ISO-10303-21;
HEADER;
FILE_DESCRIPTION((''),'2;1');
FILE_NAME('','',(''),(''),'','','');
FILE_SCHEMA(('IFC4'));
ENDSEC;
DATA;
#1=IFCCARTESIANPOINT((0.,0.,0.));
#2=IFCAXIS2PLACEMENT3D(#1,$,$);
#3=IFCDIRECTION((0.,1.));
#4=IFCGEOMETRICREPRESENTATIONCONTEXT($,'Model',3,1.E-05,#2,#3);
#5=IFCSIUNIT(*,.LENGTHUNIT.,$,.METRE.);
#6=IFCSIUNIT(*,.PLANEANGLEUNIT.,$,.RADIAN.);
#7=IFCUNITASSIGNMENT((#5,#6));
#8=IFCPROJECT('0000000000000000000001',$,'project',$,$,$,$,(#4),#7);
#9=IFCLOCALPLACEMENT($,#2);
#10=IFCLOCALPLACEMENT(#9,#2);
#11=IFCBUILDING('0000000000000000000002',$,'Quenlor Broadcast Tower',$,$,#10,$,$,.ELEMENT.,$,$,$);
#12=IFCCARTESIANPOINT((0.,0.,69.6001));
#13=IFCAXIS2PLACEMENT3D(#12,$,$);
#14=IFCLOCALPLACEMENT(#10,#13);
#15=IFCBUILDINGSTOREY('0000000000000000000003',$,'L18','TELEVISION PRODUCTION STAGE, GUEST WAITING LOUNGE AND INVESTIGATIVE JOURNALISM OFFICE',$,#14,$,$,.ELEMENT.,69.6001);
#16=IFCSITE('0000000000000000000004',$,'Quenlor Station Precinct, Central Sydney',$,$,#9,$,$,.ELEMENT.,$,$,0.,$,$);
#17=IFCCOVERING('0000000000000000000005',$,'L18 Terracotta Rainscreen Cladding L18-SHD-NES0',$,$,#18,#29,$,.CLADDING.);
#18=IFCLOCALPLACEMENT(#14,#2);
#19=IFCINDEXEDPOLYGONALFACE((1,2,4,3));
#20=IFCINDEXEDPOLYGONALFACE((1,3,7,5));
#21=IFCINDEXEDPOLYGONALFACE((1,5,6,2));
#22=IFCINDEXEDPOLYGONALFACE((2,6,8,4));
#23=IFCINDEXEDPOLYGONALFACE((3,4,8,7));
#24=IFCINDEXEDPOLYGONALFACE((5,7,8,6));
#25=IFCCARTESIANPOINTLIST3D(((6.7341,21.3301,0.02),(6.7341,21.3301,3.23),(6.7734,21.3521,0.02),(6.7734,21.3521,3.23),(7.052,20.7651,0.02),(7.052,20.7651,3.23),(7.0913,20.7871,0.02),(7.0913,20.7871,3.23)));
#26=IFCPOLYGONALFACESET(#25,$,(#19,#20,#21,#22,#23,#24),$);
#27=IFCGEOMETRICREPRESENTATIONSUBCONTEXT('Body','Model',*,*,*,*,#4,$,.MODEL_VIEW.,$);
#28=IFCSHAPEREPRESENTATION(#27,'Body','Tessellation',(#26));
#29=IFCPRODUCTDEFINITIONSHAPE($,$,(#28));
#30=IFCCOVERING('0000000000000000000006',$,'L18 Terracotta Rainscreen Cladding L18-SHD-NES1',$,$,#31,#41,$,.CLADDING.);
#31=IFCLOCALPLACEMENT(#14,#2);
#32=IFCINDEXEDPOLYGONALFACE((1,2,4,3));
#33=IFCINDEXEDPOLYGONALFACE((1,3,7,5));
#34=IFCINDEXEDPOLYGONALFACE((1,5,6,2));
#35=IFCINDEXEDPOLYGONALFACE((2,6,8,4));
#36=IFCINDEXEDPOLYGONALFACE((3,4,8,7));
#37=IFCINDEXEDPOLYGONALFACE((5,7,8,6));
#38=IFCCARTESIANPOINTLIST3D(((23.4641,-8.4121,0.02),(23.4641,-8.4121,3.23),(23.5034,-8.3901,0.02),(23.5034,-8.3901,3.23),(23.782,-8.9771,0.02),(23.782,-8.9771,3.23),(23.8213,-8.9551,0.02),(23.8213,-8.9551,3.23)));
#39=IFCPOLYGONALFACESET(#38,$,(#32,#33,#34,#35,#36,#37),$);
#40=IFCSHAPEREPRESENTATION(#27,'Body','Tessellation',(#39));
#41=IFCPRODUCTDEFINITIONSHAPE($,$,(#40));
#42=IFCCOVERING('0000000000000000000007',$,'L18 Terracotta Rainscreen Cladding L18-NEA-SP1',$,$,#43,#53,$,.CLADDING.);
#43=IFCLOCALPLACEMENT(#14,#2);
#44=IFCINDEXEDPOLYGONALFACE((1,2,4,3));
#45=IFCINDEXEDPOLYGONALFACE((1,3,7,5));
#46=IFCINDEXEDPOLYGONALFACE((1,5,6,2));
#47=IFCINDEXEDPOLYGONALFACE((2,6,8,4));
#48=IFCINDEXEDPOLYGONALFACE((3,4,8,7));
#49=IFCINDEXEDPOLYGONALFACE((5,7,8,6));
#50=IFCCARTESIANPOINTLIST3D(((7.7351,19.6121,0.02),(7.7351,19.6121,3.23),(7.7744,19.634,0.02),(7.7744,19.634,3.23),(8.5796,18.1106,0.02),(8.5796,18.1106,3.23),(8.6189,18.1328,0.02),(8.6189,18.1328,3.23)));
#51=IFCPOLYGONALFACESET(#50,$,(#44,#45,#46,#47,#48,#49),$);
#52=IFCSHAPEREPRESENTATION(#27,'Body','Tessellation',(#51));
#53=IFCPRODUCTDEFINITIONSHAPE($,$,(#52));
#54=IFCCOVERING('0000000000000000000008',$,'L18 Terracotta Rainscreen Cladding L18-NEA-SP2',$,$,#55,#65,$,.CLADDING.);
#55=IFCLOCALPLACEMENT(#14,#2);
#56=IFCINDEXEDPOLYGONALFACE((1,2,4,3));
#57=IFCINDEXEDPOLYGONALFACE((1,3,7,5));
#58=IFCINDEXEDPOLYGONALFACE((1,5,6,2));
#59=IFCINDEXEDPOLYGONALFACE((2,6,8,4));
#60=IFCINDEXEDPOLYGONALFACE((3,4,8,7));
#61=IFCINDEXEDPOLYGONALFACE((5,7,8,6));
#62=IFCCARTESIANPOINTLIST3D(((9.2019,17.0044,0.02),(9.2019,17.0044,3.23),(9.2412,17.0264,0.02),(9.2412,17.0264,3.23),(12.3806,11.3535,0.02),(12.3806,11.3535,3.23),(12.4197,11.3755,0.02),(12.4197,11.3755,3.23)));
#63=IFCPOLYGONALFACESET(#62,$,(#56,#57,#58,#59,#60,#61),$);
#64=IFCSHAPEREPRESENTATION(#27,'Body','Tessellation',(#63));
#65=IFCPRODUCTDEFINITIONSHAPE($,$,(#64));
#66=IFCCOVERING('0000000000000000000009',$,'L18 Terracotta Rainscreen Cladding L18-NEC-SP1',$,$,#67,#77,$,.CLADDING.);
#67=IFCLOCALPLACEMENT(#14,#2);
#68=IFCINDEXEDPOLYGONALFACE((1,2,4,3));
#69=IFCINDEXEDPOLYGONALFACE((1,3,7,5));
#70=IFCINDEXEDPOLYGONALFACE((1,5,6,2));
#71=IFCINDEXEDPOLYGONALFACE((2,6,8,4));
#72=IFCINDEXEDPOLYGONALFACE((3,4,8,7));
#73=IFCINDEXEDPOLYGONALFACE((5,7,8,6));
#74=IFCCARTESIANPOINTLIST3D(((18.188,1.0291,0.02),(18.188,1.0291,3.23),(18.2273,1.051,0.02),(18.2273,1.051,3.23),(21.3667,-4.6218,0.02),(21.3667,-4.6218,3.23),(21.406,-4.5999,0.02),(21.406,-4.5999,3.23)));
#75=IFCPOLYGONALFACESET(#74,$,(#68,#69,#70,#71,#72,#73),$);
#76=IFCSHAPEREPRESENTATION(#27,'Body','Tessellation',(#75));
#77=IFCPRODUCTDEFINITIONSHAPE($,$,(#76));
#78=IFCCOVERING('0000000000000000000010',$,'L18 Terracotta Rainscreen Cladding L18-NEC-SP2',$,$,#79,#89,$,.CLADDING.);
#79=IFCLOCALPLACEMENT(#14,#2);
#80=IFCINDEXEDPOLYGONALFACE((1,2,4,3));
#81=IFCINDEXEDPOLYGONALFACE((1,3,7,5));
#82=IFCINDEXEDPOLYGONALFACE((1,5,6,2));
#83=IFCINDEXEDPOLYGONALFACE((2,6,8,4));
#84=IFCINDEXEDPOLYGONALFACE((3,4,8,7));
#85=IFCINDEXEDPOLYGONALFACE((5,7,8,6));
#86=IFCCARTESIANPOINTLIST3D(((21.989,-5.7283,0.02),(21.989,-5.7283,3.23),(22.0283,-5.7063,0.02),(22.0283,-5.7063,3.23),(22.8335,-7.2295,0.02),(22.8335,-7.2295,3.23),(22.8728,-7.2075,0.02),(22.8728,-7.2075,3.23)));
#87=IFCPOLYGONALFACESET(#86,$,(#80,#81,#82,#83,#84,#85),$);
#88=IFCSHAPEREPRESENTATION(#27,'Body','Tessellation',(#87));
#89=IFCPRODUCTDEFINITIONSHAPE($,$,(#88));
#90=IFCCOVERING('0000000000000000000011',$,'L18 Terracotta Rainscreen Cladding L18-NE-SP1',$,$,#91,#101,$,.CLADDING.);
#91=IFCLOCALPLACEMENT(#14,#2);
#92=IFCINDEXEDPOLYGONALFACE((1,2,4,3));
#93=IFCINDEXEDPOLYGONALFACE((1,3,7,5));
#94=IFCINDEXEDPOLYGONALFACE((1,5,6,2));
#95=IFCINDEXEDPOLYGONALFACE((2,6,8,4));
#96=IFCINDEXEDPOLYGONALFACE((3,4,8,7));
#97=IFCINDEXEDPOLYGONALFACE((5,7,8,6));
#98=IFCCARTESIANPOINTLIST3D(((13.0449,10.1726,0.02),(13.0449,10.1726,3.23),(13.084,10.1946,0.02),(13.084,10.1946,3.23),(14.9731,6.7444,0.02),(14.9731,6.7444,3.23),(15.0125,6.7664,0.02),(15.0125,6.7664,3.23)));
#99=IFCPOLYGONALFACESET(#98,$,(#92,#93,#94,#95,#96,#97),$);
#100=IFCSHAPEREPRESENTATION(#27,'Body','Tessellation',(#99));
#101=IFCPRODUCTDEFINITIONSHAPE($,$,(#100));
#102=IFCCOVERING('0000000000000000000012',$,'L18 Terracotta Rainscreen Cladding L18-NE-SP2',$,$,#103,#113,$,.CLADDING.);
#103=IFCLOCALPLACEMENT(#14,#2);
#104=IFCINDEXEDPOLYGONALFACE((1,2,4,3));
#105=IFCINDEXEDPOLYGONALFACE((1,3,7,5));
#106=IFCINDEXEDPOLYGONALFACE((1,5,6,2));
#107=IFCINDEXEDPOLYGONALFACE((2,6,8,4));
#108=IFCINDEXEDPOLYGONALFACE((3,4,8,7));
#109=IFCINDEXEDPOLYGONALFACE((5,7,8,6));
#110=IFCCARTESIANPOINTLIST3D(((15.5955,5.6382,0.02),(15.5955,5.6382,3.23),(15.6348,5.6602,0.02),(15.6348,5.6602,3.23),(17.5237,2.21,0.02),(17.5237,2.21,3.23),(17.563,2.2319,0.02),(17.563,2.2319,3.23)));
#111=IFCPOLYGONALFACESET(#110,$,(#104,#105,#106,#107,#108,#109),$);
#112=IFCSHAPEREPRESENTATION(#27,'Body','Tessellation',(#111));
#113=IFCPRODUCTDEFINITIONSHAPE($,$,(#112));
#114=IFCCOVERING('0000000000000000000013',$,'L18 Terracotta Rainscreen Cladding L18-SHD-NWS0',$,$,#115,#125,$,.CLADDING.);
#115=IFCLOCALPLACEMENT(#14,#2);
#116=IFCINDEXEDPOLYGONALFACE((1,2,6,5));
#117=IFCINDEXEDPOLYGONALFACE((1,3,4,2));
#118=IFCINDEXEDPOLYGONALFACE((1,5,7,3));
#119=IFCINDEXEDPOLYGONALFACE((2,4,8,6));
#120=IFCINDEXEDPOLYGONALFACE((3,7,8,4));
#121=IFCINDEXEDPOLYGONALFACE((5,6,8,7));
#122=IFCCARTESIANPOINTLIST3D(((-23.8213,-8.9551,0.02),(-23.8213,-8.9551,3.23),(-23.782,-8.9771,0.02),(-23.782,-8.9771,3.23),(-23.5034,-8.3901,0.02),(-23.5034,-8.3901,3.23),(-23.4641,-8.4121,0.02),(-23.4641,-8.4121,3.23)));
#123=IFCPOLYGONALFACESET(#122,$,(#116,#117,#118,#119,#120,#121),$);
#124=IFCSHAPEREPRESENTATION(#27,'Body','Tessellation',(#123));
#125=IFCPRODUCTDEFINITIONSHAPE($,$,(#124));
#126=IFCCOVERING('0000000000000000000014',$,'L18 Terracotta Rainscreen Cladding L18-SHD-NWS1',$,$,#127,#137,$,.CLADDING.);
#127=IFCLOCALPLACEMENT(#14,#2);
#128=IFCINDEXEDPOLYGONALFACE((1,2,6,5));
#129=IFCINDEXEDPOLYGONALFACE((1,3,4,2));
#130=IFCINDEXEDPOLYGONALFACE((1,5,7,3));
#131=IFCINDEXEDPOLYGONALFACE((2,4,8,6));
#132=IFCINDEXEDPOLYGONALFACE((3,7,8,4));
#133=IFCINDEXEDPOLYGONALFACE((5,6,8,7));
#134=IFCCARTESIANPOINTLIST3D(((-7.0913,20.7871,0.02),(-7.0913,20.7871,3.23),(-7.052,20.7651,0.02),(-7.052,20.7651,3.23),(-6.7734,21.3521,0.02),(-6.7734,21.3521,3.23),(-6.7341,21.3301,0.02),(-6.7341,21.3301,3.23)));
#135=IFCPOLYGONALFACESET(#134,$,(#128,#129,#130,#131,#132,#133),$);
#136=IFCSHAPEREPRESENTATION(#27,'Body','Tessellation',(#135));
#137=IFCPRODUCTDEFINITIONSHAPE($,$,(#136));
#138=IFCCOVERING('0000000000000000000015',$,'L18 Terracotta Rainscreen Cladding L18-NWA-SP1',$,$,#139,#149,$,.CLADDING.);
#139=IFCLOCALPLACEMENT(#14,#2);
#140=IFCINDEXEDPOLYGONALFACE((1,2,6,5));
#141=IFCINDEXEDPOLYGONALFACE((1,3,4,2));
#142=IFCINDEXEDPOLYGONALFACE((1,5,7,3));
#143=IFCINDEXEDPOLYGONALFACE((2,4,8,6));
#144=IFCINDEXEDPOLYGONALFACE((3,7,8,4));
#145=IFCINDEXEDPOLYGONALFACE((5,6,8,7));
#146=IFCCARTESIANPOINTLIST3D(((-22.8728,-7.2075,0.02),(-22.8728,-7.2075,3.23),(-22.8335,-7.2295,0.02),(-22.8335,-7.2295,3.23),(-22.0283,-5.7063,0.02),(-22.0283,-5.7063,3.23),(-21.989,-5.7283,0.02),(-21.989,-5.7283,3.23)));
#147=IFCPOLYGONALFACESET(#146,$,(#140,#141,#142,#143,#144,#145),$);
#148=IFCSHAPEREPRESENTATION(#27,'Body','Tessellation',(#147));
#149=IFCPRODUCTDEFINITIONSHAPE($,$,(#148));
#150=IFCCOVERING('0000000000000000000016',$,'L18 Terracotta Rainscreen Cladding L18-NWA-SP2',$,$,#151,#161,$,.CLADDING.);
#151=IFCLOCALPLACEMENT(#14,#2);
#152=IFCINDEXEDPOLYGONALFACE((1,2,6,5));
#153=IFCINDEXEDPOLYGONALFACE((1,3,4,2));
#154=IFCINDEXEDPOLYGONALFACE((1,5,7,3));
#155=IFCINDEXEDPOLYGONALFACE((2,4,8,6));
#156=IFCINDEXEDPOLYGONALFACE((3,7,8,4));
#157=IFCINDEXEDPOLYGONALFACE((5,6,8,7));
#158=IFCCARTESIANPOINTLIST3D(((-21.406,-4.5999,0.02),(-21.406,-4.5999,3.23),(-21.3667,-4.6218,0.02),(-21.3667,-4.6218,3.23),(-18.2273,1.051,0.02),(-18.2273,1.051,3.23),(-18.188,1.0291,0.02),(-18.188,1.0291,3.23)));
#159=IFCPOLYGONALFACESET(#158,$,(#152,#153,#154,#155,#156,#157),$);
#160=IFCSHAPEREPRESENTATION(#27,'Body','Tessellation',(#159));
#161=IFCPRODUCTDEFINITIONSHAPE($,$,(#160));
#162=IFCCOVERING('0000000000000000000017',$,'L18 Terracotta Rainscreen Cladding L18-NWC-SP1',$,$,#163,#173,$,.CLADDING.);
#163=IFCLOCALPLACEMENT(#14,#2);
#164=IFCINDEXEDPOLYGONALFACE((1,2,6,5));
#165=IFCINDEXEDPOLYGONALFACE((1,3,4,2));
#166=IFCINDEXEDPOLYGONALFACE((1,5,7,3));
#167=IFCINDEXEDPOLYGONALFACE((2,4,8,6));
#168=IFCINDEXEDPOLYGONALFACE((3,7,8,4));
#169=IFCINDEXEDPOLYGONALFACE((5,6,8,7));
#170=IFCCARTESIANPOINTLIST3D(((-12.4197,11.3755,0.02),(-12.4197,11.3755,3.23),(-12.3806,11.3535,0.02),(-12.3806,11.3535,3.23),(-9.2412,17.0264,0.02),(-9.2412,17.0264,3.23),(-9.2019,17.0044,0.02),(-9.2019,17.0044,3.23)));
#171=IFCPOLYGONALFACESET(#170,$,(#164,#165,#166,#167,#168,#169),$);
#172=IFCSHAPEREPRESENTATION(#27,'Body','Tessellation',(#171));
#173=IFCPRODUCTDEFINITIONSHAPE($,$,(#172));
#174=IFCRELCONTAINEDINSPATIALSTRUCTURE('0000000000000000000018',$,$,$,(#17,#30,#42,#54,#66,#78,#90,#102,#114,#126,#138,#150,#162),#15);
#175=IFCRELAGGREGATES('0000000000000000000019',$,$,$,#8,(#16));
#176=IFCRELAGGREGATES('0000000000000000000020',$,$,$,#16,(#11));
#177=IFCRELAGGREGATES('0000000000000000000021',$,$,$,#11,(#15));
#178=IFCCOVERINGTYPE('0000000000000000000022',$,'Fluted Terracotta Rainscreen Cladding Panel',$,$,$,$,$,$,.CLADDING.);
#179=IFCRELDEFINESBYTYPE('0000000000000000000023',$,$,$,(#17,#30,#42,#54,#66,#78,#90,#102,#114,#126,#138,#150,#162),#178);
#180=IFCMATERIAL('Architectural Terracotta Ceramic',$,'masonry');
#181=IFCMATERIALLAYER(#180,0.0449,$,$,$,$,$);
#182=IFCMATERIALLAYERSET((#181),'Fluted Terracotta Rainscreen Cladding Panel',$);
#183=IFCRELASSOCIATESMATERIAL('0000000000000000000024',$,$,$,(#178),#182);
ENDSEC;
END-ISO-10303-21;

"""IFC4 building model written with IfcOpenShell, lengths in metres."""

from ifc_helpers import new_model, si_unit, direction, frame, origin, place, context, subcontext, project, spatial, polyline, outline, extrude, material, layer, layer_set, type_object, element, save


model = new_model("IFC4")

# Units and contexts
model_context = context("Model", 3, precision=1e-05, world=origin(), true_north=direction((0.0, 1.0)))
body_context = subcontext(model_context, "Body", "Model", "MODEL_VIEW")
ifc_project = project(units=[si_unit("LENGTHUNIT", "METRE"), si_unit("PLANEANGLEUNIT", "RADIAN")], contexts=[model_context])

# Site, building, storey
site_placement = place(None, origin())
site = spatial("IfcSite", under=ifc_project, at=site_placement, Name="Quenlor Station Precinct, Central Sydney", CompositionType="ELEMENT", RefElevation=0.0)
building_placement = place(site_placement, origin())
building = spatial("IfcBuilding", under=site, at=building_placement, Name="Quenlor Broadcast Tower", CompositionType="ELEMENT")
storey_placement = place(building_placement, frame((0.0, 0.0, 69.6001)))
storey = spatial("IfcBuildingStorey", under=building, at=storey_placement, Name="L18", Description="TELEVISION PRODUCTION STAGE, GUEST WAITING LOUNGE AND INVESTIGATIVE JOURNALISM OFFICE", CompositionType="ELEMENT", Elevation=69.6001)

# Coverings
ifc_material_1 = material(Name="Architectural Terracotta Ceramic", Category="masonry")
ifc_layer_1 = layer(ifc_material_1, 0.0449)
ifc_layer_set_1 = layer_set([ifc_layer_1], Name="Fluted Terracotta Rainscreen Cladding Panel")
covering_type = type_object("IfcCoveringType", Name="Fluted Terracotta Rainscreen Cladding Panel", PredefinedType="CLADDING", material=ifc_layer_set_1)
covering_1_placement = place(storey_placement, frame((0.0, 0.0, 0.02)))
element("IfcCovering", 1, at=covering_1_placement, inside=storey, type_object=covering_type, Name="L18 Terracotta Rainscreen Cladding L18-SHD-NES0", PredefinedType="CLADDING", context=body_context, shape_type="SweptSolid", body=[
    extrude(outline(polyline([(6.7341, 21.3301), (7.052, 20.7651), (7.0913, 20.7871), (6.7734, 21.3521), (6.7341, 21.3301)])), origin(), (0.0, 0.0, 1.0), 3.21),
])
covering_2_placement = place(storey_placement, frame((0.0, 0.0, 0.02)))
element("IfcCovering", 2, at=covering_2_placement, inside=storey, type_object=covering_type, Name="L18 Terracotta Rainscreen Cladding L18-SHD-NES1", PredefinedType="CLADDING", context=body_context, shape_type="SweptSolid", body=[
    extrude(outline(polyline([(23.4641, -8.4121), (23.782, -8.9771), (23.8213, -8.9551), (23.5034, -8.3901), (23.4641, -8.4121)])), origin(), (0.0, 0.0, 1.0), 3.21),
])
covering_3_placement = place(storey_placement, frame((0.0, 0.0, 0.02)))
element("IfcCovering", 3, at=covering_3_placement, inside=storey, type_object=covering_type, Name="L18 Terracotta Rainscreen Cladding L18-NEA-SP1", PredefinedType="CLADDING", context=body_context, shape_type="SweptSolid", body=[
    extrude(outline(polyline([(7.7351, 19.6121), (8.5796, 18.1106), (8.6189, 18.1328), (7.7744, 19.634), (7.7351, 19.6121)])), origin(), (0.0, 0.0, 1.0), 3.21),
])
covering_4_placement = place(storey_placement, frame((0.0, 0.0, 0.02)))
element("IfcCovering", 4, at=covering_4_placement, inside=storey, type_object=covering_type, Name="L18 Terracotta Rainscreen Cladding L18-NEA-SP2", PredefinedType="CLADDING", context=body_context, shape_type="SweptSolid", body=[
    extrude(outline(polyline([(9.2019, 17.0044), (12.3806, 11.3535), (12.4197, 11.3755), (9.2412, 17.0264), (9.2019, 17.0044)])), origin(), (0.0, 0.0, 1.0), 3.21),
])
covering_5_placement = place(storey_placement, frame((0.0, 0.0, 0.02)))
element("IfcCovering", 5, at=covering_5_placement, inside=storey, type_object=covering_type, Name="L18 Terracotta Rainscreen Cladding L18-NEC-SP1", PredefinedType="CLADDING", context=body_context, shape_type="SweptSolid", body=[
    extrude(outline(polyline([(18.188, 1.0291), (21.3667, -4.6218), (21.406, -4.5999), (18.2273, 1.051), (18.188, 1.0291)])), origin(), (0.0, 0.0, 1.0), 3.21),
])
covering_6_placement = place(storey_placement, frame((0.0, 0.0, 0.02)))
element("IfcCovering", 6, at=covering_6_placement, inside=storey, type_object=covering_type, Name="L18 Terracotta Rainscreen Cladding L18-NEC-SP2", PredefinedType="CLADDING", context=body_context, shape_type="SweptSolid", body=[
    extrude(outline(polyline([(21.989, -5.7283), (22.8335, -7.2295), (22.8728, -7.2075), (22.0283, -5.7063), (21.989, -5.7283)])), origin(), (0.0, 0.0, 1.0), 3.21),
])
covering_7_placement = place(storey_placement, frame((0.0, 0.0, 0.02)))
element("IfcCovering", 7, at=covering_7_placement, inside=storey, type_object=covering_type, Name="L18 Terracotta Rainscreen Cladding L18-NE-SP1", PredefinedType="CLADDING", context=body_context, shape_type="SweptSolid", body=[
    extrude(outline(polyline([(13.0449, 10.1726), (14.9731, 6.7444), (15.0125, 6.7664), (13.084, 10.1946), (13.0449, 10.1726)])), origin(), (0.0, 0.0, 1.0), 3.21),
])
covering_8_placement = place(storey_placement, frame((0.0, 0.0, 0.02)))
element("IfcCovering", 8, at=covering_8_placement, inside=storey, type_object=covering_type, Name="L18 Terracotta Rainscreen Cladding L18-NE-SP2", PredefinedType="CLADDING", context=body_context, shape_type="SweptSolid", body=[
    extrude(outline(polyline([(15.5955, 5.6382), (17.5237, 2.21), (17.563, 2.2319), (15.6348, 5.6602), (15.5955, 5.6382)])), origin(), (0.0, 0.0, 1.0), 3.21),
])
covering_9_placement = place(storey_placement, frame((0.0, 0.0, 0.02)))
element("IfcCovering", 9, at=covering_9_placement, inside=storey, type_object=covering_type, Name="L18 Terracotta Rainscreen Cladding L18-SHD-NWS0", PredefinedType="CLADDING", context=body_context, shape_type="SweptSolid", body=[
    extrude(outline(polyline([(-23.782, -8.9771), (-23.4641, -8.4121), (-23.5034, -8.3901), (-23.8213, -8.9551), (-23.782, -8.9771)])), origin(), (0.0, 0.0, 1.0), 3.21),
])
covering_10_placement = place(storey_placement, frame((0.0, 0.0, 0.02)))
element("IfcCovering", 10, at=covering_10_placement, inside=storey, type_object=covering_type, Name="L18 Terracotta Rainscreen Cladding L18-SHD-NWS1", PredefinedType="CLADDING", context=body_context, shape_type="SweptSolid", body=[
    extrude(outline(polyline([(-7.052, 20.7651), (-6.7341, 21.3301), (-6.7734, 21.3521), (-7.0913, 20.7871), (-7.052, 20.7651)])), origin(), (0.0, 0.0, 1.0), 3.21),
])
covering_11_placement = place(storey_placement, frame((0.0, 0.0, 0.02)))
element("IfcCovering", 11, at=covering_11_placement, inside=storey, type_object=covering_type, Name="L18 Terracotta Rainscreen Cladding L18-NWA-SP1", PredefinedType="CLADDING", context=body_context, shape_type="SweptSolid", body=[
    extrude(outline(polyline([(-22.8335, -7.2295), (-21.989, -5.7283), (-22.0283, -5.7063), (-22.8728, -7.2075), (-22.8335, -7.2295)])), origin(), (0.0, 0.0, 1.0), 3.21),
])
covering_12_placement = place(storey_placement, frame((0.0, 0.0, 0.02)))
element("IfcCovering", 12, at=covering_12_placement, inside=storey, type_object=covering_type, Name="L18 Terracotta Rainscreen Cladding L18-NWA-SP2", PredefinedType="CLADDING", context=body_context, shape_type="SweptSolid", body=[
    extrude(outline(polyline([(-21.3667, -4.6218), (-18.188, 1.0291), (-18.2273, 1.051), (-21.406, -4.5999), (-21.3667, -4.6218)])), origin(), (0.0, 0.0, 1.0), 3.21),
])
covering_13_placement = place(storey_placement, frame((0.0, 0.0, 0.02)))
element("IfcCovering", 13, at=covering_13_placement, inside=storey, type_object=covering_type, Name="L18 Terracotta Rainscreen Cladding L18-NWC-SP1", PredefinedType="CLADDING", context=body_context, shape_type="SweptSolid", body=[
    extrude(outline(polyline([(-12.3806, 11.3535), (-9.2019, 17.0044), (-9.2412, 17.0264), (-12.4197, 11.3755), (-12.3806, 11.3535)])), origin(), (0.0, 0.0, 1.0), 3.21),
])

save(model, "model.ifc")
